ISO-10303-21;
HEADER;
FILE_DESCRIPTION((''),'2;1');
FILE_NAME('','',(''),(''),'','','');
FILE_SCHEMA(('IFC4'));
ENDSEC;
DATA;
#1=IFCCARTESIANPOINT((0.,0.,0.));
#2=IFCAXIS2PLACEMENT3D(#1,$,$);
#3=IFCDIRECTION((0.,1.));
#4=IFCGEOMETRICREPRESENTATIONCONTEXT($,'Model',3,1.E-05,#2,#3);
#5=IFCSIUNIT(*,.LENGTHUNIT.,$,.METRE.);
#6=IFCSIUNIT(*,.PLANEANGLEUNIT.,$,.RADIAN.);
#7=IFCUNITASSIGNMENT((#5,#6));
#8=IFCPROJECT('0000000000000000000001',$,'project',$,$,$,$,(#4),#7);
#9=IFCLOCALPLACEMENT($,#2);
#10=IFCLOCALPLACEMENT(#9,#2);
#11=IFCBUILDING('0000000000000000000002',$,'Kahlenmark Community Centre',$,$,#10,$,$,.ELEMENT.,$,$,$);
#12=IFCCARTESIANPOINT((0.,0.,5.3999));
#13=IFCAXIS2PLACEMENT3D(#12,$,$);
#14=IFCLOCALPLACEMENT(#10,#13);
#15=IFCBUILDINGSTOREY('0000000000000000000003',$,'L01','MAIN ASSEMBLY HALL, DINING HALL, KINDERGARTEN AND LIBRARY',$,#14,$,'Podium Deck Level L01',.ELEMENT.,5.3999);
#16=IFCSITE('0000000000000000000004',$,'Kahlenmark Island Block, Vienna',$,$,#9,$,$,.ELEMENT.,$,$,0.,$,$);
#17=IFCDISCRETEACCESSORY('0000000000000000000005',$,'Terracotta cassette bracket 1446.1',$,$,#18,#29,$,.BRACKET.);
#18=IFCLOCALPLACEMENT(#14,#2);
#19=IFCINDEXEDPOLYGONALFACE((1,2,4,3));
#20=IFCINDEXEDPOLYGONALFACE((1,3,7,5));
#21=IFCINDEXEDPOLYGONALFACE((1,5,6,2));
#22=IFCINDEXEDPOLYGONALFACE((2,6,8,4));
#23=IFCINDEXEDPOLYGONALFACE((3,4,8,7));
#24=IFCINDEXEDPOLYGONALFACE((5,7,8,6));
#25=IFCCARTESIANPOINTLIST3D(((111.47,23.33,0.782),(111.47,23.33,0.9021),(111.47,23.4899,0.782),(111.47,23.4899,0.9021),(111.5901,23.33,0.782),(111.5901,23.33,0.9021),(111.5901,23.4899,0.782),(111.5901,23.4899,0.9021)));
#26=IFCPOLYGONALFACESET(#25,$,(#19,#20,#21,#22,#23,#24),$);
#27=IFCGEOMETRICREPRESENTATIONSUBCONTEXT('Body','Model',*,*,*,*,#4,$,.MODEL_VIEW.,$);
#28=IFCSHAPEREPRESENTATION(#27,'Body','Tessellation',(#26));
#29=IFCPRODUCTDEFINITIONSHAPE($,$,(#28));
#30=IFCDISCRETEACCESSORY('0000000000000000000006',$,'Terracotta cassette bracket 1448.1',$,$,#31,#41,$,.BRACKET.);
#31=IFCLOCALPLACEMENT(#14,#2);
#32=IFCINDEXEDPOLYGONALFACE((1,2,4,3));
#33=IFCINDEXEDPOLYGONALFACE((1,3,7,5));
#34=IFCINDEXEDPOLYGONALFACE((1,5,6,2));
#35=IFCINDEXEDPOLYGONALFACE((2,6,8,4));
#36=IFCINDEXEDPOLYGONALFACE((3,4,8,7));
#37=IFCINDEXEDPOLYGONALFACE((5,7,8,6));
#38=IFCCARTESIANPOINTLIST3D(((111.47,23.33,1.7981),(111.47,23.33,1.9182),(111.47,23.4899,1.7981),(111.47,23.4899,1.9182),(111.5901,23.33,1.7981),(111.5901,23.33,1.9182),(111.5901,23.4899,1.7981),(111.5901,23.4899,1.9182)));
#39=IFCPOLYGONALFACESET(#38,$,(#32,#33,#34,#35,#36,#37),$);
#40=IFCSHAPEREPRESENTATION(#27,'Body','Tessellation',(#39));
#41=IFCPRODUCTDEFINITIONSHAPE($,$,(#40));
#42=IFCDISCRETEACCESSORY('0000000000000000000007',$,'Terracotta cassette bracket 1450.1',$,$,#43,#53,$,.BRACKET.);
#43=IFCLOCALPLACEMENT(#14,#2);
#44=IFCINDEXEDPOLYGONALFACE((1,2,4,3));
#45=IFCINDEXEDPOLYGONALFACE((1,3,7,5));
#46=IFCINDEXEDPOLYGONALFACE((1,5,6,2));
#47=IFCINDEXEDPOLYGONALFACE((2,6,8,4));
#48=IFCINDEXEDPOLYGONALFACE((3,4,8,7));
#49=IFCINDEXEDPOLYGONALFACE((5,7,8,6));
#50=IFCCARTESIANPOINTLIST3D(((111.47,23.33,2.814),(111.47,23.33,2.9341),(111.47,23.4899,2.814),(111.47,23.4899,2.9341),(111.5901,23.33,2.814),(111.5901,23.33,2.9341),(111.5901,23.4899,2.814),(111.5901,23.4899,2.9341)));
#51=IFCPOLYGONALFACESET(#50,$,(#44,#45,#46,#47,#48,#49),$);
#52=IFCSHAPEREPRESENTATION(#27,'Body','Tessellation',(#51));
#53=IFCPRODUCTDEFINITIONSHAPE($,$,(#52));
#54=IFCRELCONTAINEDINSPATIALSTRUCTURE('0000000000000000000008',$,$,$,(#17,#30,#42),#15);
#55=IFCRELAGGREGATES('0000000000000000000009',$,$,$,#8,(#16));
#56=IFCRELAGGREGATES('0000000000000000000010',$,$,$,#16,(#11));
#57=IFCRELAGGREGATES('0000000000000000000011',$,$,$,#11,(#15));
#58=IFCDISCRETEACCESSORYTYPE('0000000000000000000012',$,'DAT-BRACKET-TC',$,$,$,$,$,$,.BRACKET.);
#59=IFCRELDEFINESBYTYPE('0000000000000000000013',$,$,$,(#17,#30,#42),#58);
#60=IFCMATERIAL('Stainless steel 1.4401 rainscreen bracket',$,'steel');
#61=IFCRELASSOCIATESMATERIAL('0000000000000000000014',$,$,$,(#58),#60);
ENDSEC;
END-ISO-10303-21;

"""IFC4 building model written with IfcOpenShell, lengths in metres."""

from ifc_helpers import new_model, si_unit, direction, frame, origin, origin_2d, place, context, subcontext, project, spatial, rectangle, extrude, material, type_object, element, save


model = new_model("IFC4")

# Units and contexts
model_context = context("Model", 3, precision=1e-05, world=origin(), true_north=direction((0.0, 1.0)))
body_context = subcontext(model_context, "Body", "Model", "MODEL_VIEW")
ifc_project = project(units=[si_unit("LENGTHUNIT", "METRE"), si_unit("PLANEANGLEUNIT", "RADIAN")], contexts=[model_context])

# Site, building, storey
site_placement = place(None, origin())
site = spatial("IfcSite", under=ifc_project, at=site_placement, Name="Kahlenmark Island Block, Vienna", CompositionType="ELEMENT", RefElevation=0.0)
building_placement = place(site_placement, origin())
building = spatial("IfcBuilding", under=site, at=building_placement, Name="Kahlenmark Community Centre", CompositionType="ELEMENT")
storey_placement = place(building_placement, frame((0.0, 0.0, 5.3999)))
storey = spatial("IfcBuildingStorey", under=building, at=storey_placement, Name="L01", Description="MAIN ASSEMBLY HALL, DINING HALL, KINDERGARTEN AND LIBRARY", LongName="Podium Deck Level L01", CompositionType="ELEMENT", Elevation=5.3999)

# Discrete accessories
ifc_material_1 = material(Name="Stainless steel 1.4401 rainscreen bracket", Category="steel")
discrete_accessory_type = type_object("IfcDiscreteAccessoryType", Name="DAT-BRACKET-TC", PredefinedType="BRACKET", material=ifc_material_1)
for number, where, z_axis, x_axis, name in (
    (1, (111.53, 23.4099, 0.782), (0.0, 0.0, 1.0), (-1.0, 0.0, 0.0), "Terracotta cassette bracket 1446.1"),
    (2, (111.53, 23.4099, 1.7981), (0.0, 0.0, 1.0), (-1.0, 0.0, 0.0), "Terracotta cassette bracket 1448.1"),
    (3, (111.53, 23.4099, 2.814), (0.0, 0.0, 1.0), (-1.0, 0.0, 0.0), "Terracotta cassette bracket 1450.1"),
):
    element("IfcDiscreteAccessory", number, at=place(storey_placement, frame(where, z_axis=z_axis, x_axis=x_axis)), inside=storey, type_object=discrete_accessory_type, Name=name, PredefinedType="BRACKET", context=body_context, shape_type="SweptSolid", body=[
        extrude(rectangle(XDim=0.1201, YDim=0.1599, at=origin_2d()), origin(), (0.0, 0.0, 1.0), 0.1201),
    ])

save(model, "model.ifc")
